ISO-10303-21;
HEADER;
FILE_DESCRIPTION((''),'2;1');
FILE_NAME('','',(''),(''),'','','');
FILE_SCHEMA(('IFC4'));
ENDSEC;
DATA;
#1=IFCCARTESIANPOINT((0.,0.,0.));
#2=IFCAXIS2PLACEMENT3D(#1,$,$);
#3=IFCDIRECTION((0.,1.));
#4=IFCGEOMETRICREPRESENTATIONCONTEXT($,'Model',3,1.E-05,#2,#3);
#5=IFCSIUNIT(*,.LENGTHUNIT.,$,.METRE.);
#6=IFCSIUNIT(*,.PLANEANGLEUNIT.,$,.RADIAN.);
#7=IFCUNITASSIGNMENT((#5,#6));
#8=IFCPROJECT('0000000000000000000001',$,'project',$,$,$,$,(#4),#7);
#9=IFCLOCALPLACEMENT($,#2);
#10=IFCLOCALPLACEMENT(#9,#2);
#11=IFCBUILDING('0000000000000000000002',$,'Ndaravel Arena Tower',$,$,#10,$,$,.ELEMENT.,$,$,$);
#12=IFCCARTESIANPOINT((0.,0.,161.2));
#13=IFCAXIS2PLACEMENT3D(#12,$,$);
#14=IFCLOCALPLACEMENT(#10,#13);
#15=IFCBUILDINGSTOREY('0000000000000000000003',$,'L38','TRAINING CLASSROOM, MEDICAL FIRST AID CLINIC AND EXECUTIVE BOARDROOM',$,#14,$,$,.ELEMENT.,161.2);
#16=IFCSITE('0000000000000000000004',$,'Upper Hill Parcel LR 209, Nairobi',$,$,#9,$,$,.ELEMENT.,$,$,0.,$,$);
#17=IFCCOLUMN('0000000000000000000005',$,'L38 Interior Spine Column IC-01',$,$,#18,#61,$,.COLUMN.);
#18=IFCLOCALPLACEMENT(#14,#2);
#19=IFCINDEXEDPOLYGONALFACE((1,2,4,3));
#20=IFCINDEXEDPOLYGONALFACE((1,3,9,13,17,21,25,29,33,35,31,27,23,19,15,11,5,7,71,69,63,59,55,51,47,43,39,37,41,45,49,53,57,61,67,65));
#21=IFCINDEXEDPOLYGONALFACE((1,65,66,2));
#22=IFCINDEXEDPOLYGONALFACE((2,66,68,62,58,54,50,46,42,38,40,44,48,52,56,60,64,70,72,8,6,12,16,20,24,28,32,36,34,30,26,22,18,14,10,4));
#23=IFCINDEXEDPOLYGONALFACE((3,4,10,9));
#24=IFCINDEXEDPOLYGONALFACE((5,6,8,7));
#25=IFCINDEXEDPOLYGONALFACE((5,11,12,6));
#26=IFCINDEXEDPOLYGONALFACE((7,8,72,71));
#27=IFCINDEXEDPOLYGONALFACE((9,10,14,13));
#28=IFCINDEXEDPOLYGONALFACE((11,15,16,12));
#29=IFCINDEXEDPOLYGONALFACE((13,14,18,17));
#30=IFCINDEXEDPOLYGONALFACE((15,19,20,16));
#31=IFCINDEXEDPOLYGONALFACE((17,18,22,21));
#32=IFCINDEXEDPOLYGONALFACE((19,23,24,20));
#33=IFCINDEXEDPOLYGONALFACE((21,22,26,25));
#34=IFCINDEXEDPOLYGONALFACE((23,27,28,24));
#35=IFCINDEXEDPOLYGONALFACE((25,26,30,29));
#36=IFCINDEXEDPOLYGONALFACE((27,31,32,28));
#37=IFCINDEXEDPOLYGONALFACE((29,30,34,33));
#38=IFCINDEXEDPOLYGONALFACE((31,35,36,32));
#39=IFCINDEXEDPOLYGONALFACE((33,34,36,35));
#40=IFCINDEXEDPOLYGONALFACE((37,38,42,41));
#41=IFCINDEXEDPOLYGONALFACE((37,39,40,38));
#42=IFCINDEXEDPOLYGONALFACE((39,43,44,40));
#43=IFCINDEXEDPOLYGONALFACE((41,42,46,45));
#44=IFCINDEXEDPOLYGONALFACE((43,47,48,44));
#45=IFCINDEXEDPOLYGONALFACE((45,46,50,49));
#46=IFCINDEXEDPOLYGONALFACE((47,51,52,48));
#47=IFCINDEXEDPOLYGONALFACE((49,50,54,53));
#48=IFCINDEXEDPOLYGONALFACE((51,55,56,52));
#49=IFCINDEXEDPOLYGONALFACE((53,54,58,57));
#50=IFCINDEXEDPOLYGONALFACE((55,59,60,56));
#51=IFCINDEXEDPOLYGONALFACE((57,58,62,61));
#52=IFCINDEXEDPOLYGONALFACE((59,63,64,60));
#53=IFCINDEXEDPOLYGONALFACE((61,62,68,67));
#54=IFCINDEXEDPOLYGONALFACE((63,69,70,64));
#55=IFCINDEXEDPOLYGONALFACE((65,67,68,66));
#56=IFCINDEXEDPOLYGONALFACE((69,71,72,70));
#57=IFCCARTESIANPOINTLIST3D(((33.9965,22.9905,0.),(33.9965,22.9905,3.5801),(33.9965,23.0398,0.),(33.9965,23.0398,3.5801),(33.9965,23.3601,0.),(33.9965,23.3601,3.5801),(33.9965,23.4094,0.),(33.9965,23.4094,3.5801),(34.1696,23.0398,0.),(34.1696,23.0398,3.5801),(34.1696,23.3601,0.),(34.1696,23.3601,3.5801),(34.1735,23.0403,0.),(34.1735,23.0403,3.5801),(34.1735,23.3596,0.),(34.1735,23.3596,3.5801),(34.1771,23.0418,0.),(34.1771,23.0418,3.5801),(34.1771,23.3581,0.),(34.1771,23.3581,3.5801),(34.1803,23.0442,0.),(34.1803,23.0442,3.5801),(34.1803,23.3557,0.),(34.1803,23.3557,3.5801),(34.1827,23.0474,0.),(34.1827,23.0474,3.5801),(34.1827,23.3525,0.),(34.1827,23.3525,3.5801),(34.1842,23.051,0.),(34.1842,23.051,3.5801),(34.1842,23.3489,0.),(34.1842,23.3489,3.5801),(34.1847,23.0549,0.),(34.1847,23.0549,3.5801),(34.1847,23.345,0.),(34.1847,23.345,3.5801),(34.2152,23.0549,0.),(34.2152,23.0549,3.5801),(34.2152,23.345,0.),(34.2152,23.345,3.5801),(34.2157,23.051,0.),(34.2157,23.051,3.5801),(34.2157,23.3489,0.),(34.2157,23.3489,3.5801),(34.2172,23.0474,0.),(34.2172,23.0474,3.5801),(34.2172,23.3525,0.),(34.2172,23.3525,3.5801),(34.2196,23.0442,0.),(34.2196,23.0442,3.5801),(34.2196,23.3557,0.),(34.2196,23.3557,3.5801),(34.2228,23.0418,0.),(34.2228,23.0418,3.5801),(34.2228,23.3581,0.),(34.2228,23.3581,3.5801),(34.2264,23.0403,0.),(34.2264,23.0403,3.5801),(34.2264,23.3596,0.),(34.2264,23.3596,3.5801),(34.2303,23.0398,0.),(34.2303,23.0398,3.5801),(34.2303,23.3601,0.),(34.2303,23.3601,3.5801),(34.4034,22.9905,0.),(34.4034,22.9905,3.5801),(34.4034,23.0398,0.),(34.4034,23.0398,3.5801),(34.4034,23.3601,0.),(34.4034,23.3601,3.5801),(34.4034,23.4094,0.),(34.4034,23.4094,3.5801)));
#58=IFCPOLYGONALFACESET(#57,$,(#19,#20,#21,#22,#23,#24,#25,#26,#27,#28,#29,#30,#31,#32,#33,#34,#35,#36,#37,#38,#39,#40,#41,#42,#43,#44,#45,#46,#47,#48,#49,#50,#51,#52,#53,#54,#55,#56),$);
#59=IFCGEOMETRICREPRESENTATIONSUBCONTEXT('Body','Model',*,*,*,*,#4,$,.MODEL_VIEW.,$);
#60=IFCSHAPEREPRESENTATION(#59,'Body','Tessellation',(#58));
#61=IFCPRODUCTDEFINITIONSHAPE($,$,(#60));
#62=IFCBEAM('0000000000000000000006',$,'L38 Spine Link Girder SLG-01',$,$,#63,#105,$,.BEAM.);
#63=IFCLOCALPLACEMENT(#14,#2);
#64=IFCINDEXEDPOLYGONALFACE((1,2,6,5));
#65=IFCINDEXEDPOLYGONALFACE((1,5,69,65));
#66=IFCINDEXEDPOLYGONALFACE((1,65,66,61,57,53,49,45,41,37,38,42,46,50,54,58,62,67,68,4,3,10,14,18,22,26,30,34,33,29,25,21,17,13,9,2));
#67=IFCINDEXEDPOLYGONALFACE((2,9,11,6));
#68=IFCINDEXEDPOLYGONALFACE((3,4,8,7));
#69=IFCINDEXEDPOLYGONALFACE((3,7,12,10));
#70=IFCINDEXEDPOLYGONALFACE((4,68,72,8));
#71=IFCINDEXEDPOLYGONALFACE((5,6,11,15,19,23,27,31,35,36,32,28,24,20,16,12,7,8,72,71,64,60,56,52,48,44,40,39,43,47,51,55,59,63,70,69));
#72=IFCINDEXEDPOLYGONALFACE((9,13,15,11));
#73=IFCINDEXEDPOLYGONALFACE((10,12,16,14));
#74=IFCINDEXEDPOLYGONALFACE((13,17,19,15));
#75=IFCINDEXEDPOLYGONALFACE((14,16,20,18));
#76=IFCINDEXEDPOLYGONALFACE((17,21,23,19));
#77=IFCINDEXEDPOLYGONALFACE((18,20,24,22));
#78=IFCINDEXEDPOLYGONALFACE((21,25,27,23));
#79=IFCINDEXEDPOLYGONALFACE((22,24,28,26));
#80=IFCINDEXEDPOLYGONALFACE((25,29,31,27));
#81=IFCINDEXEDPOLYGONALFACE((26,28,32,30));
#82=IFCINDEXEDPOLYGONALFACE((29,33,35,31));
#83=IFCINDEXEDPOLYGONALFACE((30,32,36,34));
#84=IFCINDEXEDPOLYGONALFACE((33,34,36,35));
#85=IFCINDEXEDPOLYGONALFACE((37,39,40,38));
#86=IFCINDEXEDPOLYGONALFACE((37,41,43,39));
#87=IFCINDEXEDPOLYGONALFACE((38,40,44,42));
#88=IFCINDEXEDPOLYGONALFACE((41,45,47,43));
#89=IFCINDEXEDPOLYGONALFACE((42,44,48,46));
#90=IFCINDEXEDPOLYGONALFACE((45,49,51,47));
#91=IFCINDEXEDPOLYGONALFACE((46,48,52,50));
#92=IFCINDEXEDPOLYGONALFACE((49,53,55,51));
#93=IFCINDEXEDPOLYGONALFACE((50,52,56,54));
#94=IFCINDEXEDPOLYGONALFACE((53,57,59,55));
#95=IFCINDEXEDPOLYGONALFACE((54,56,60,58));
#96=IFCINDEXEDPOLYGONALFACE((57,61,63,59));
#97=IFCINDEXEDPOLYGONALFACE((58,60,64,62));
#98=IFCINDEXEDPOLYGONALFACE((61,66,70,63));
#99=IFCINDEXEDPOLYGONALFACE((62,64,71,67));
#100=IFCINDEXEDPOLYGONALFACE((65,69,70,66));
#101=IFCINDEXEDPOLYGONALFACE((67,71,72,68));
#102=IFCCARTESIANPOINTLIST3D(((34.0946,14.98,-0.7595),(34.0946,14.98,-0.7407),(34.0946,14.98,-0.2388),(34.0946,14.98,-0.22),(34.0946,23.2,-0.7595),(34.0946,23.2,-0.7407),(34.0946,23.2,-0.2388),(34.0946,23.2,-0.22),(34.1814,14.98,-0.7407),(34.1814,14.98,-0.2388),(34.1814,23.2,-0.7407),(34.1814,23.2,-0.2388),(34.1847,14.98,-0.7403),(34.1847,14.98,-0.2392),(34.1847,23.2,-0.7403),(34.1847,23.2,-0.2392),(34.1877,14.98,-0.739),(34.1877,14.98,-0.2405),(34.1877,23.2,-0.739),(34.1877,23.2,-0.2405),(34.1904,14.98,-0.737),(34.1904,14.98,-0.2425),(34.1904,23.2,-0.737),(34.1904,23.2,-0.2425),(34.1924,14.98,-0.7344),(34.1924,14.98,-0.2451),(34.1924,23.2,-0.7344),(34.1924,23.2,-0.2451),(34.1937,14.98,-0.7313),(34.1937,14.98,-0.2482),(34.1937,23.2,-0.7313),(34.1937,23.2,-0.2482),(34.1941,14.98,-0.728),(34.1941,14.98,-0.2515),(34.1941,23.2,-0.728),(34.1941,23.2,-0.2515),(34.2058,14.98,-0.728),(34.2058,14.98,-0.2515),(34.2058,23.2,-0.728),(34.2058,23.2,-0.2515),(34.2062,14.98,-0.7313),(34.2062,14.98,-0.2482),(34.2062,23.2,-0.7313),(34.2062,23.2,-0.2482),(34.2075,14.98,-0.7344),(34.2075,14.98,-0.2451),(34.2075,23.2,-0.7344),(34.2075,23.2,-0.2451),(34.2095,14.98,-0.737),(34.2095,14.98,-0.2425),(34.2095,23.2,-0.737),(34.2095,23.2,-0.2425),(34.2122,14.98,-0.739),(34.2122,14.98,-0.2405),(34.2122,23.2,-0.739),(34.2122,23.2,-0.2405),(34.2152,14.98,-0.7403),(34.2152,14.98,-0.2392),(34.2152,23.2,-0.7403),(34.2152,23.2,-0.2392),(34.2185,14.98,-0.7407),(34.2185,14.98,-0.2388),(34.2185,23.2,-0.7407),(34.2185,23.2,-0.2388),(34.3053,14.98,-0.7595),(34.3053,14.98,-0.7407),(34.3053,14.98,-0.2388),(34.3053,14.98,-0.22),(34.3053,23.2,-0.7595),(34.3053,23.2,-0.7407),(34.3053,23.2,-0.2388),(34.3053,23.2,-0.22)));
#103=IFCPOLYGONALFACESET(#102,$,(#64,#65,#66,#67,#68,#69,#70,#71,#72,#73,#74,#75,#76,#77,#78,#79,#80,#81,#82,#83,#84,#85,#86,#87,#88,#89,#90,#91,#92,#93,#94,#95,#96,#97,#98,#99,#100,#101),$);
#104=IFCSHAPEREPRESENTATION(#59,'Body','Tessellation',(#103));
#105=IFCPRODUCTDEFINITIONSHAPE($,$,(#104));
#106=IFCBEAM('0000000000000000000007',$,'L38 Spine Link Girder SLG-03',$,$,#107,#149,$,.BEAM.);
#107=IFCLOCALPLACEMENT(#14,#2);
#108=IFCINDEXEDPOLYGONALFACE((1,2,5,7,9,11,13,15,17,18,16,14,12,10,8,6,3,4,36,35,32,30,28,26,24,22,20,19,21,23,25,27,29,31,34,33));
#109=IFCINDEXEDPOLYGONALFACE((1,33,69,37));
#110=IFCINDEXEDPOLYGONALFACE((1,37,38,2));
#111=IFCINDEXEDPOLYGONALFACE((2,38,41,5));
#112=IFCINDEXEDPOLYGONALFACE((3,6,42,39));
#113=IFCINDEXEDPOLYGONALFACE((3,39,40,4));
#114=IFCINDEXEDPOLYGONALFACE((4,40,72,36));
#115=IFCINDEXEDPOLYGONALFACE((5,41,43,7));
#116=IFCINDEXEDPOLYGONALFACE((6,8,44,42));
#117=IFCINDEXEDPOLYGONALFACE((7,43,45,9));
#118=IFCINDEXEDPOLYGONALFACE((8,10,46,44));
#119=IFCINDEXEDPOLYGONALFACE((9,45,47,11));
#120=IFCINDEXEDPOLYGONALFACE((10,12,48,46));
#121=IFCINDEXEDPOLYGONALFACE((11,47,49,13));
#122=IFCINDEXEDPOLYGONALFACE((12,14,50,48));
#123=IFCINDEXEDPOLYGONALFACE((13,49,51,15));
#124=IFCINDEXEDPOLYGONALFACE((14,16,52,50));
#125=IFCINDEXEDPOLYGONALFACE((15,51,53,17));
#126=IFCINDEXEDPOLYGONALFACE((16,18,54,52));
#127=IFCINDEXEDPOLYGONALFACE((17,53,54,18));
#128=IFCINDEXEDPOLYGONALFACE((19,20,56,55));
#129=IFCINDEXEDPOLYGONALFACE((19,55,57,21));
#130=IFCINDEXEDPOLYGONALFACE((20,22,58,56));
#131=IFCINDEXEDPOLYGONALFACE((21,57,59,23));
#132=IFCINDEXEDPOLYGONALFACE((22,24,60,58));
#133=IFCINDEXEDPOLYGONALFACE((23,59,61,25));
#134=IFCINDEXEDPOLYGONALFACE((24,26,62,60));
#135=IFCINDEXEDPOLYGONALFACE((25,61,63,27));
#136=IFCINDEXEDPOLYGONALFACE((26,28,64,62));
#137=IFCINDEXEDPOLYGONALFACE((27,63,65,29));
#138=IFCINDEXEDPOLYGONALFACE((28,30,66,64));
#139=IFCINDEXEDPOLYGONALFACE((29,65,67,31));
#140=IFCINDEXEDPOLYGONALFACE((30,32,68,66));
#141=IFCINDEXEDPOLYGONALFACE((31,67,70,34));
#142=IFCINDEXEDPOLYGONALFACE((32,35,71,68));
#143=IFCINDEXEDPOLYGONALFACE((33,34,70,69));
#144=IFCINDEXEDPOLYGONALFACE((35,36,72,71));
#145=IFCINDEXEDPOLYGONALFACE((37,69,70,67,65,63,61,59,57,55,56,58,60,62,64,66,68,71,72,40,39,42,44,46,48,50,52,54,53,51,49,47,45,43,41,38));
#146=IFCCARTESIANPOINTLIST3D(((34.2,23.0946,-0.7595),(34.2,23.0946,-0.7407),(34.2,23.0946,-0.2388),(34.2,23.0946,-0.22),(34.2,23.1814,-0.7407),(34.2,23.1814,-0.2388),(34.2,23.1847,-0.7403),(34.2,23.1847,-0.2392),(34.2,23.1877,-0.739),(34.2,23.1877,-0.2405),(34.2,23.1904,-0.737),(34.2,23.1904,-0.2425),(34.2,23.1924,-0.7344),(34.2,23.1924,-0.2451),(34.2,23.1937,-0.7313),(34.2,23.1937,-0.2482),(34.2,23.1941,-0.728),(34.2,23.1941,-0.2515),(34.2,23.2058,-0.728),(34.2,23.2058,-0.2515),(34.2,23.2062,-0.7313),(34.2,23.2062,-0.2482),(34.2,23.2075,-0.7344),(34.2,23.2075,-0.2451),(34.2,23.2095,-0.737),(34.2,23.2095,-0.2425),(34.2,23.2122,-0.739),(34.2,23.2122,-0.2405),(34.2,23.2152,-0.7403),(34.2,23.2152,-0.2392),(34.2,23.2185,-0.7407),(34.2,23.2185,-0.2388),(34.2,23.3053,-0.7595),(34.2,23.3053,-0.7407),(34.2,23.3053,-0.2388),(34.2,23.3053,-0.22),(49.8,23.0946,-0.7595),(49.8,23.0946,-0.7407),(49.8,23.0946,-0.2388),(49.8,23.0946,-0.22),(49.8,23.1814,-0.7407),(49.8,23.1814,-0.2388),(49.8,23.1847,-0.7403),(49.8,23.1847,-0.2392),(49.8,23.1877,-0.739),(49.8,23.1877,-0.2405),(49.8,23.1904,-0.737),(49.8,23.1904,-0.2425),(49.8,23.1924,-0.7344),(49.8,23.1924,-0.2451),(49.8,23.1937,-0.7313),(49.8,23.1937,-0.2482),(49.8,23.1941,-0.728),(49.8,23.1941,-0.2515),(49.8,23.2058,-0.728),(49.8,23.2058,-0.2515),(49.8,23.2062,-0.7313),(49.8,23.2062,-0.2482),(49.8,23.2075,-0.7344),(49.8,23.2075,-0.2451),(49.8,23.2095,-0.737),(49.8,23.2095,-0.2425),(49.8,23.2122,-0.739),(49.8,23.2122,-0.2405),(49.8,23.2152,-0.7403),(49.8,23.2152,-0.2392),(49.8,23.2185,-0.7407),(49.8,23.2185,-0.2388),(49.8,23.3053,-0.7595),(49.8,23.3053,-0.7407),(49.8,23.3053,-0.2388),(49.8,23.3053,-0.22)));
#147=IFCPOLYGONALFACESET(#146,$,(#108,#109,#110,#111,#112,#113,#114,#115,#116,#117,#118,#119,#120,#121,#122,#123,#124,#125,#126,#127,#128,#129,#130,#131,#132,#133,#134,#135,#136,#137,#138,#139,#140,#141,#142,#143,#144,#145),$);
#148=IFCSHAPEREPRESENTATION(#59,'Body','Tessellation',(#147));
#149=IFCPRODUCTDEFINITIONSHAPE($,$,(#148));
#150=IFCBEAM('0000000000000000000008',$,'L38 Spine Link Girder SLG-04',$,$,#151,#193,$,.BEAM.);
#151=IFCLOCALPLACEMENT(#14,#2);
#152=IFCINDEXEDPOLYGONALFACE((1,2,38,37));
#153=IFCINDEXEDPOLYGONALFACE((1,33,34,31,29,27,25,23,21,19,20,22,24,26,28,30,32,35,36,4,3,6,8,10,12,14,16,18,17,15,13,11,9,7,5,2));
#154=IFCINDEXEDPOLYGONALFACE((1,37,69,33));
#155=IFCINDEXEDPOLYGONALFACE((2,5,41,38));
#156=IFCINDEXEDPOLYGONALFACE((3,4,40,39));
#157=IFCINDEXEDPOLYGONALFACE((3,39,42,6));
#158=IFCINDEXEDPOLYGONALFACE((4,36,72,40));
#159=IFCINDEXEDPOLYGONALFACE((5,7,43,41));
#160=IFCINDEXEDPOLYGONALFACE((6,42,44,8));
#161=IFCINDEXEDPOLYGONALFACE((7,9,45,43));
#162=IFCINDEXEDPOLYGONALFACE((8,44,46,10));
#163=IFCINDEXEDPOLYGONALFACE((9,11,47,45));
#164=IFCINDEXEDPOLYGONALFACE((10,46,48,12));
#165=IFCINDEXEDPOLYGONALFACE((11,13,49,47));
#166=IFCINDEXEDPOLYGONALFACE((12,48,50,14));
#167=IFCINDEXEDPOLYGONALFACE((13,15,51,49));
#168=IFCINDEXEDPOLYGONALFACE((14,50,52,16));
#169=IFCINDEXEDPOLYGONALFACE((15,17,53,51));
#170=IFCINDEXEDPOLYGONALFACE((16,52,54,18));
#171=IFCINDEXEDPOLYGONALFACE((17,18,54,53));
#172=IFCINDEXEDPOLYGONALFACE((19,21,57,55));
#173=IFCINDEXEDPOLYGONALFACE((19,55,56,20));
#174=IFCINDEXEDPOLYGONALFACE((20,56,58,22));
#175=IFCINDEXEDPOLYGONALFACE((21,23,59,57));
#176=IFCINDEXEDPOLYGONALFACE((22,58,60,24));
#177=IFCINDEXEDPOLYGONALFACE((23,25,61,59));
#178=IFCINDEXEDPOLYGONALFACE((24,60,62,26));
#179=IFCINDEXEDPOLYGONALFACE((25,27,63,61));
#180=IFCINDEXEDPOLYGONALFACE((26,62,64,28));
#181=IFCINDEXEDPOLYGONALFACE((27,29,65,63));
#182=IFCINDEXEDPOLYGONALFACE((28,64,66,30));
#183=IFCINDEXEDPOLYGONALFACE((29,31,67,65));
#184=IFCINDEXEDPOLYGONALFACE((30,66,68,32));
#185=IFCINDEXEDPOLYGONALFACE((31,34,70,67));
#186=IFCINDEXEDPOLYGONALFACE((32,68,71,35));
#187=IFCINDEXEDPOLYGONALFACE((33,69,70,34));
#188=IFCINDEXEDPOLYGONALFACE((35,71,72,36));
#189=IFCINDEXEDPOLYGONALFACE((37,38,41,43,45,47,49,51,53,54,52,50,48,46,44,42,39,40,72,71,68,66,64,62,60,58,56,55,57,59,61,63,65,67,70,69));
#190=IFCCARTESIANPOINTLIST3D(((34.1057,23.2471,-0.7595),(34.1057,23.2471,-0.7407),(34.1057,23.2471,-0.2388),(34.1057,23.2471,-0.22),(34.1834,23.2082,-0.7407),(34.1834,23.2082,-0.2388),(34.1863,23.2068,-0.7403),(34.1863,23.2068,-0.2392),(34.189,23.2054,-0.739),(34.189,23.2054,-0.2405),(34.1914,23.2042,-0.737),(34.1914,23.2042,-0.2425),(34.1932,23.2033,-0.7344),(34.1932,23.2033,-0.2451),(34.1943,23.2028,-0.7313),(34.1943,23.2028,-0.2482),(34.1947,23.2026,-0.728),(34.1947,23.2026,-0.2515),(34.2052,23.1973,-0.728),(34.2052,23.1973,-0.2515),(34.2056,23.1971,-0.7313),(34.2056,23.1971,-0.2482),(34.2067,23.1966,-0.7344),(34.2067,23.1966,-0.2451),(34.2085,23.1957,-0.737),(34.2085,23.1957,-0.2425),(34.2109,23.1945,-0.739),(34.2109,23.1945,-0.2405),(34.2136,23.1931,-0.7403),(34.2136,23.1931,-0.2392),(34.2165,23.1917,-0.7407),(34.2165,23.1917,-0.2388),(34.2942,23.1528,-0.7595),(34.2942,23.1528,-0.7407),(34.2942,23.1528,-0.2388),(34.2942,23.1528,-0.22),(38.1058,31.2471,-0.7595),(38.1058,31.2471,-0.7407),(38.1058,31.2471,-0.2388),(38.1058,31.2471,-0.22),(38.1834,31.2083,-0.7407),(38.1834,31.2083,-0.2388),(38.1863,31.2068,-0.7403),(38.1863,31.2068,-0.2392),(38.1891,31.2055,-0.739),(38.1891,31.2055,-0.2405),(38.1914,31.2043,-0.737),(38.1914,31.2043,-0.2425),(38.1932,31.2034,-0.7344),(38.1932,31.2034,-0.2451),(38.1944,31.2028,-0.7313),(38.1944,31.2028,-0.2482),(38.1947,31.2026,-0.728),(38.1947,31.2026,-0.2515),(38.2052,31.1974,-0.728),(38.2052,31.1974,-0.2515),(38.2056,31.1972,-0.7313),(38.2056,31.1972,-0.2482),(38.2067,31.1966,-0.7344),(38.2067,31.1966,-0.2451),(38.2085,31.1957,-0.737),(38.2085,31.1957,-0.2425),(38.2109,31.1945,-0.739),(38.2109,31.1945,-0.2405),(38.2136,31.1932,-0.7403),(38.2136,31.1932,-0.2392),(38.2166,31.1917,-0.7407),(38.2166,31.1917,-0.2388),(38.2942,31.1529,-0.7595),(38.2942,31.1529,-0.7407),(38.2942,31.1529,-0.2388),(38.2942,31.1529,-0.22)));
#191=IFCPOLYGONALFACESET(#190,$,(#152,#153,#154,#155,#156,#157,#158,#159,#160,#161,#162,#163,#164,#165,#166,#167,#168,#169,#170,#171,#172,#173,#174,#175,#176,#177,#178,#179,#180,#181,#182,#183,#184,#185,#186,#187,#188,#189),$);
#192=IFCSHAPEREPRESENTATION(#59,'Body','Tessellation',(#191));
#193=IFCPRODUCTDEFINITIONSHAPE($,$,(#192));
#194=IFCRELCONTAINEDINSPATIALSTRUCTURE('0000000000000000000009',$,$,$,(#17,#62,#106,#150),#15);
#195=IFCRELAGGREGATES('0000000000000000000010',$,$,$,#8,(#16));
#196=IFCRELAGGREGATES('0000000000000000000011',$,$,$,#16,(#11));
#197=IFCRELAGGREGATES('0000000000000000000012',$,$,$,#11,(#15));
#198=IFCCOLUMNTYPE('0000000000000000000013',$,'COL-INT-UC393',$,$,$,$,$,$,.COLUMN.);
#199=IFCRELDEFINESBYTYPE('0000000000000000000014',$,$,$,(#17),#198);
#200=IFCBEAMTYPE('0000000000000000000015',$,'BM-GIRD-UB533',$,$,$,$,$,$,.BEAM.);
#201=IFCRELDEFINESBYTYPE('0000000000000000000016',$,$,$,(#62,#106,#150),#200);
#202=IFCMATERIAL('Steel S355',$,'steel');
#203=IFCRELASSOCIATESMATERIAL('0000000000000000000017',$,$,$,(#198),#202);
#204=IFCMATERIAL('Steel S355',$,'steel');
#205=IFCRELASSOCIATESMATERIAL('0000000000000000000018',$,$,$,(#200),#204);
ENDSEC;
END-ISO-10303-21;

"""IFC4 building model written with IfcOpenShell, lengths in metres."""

from ifc_helpers import new_model, si_unit, direction, frame, origin, origin_2d, place, context, subcontext, project, spatial, i_section, extrude, material, material_profile, profile_set, type_object, element, save


model = new_model("IFC4")

# Units and contexts
model_context = context("Model", 3, precision=1e-05, world=origin(), true_north=direction((0.0, 1.0)))
body_context = subcontext(model_context, "Body", "Model", "MODEL_VIEW")
ifc_project = project(units=[si_unit("LENGTHUNIT", "METRE"), si_unit("PLANEANGLEUNIT", "RADIAN")], contexts=[model_context])

# Site, building, storey
site_placement = place(None, origin())
site = spatial("IfcSite", under=ifc_project, at=site_placement, Name="Upper Hill Parcel LR 209, Nairobi", CompositionType="ELEMENT", RefElevation=0.0)
building_placement = place(site_placement, origin())
building = spatial("IfcBuilding", under=site, at=building_placement, Name="Ndaravel Arena Tower", CompositionType="ELEMENT")
storey_placement = place(building_placement, frame((0.0, 0.0, 161.2)))
storey = spatial("IfcBuildingStorey", under=building, at=storey_placement, Name="L38", Description="TRAINING CLASSROOM, MEDICAL FIRST AID CLINIC AND EXECUTIVE BOARDROOM", CompositionType="ELEMENT", Elevation=161.2)

# Column
ifc_material_1 = material(Name="Steel S355", Category="steel")
ifc_material_profile_1 = material_profile(ifc_material_1, i_section(OverallWidth=0.407, OverallDepth=0.4189, WebThickness=0.0305, FlangeThickness=0.0493, FilletRadius=0.0151, at=origin_2d()), Name="UC 356x406x393")
ifc_profile_set_1 = profile_set([ifc_material_profile_1], Name="Steel S355")
column_type = type_object("IfcColumnType", Name="COL-INT-UC393", PredefinedType="COLUMN", material=ifc_profile_set_1)
column_placement = place(storey_placement, frame((34.2, 23.2, 0.0), z_axis=(0.0, 0.0, 1.0), x_axis=(1.0, 0.0, 0.0)))
element("IfcColumn", 1, at=column_placement, inside=storey, type_object=column_type, Name="L38 Interior Spine Column IC-01", PredefinedType="COLUMN", context=body_context, shape_type="SweptSolid", body=[
    extrude(i_section(OverallWidth=0.407, OverallDepth=0.4189, WebThickness=0.0305, FlangeThickness=0.0493, FilletRadius=0.0151, at=origin_2d()), origin(), (0.0, 0.0, 1.0), 3.5801),
])

# Beams
ifc_material_2 = material(Name="Steel S355", Category="steel")
ifc_material_profile_2 = material_profile(ifc_material_2, i_section(OverallWidth=0.2107, OverallDepth=0.5396, WebThickness=0.0117, FlangeThickness=0.0188, FilletRadius=0.0127, at=origin_2d()), Name="UB 533x210x109")
ifc_profile_set_2 = profile_set([ifc_material_profile_2], Name="Steel S355")
beam_type = type_object("IfcBeamType", Name="BM-GIRD-UB533", PredefinedType="BEAM", material=ifc_profile_set_2)
beam_1_placement = place(storey_placement, frame((34.2, 14.98, -0.4897), z_axis=(0.0, 1.0, 0.0), x_axis=(-1.0, 0.0, 0.0)))
element("IfcBeam", 2, at=beam_1_placement, inside=storey, type_object=beam_type, Name="L38 Spine Link Girder SLG-01", PredefinedType="BEAM", context=body_context, shape_type="SweptSolid", body=[
    extrude(i_section(OverallWidth=0.2107, OverallDepth=0.5396, WebThickness=0.0117, FlangeThickness=0.0188, FilletRadius=0.0127, at=origin_2d()), origin(), (0.0, 0.0, 1.0), 8.22),
])
beam_2_placement = place(storey_placement, frame((34.2, 23.2, -0.4897), z_axis=(1.0, 0.0, 0.0), x_axis=(0.0, 1.0, 0.0)))
element("IfcBeam", 3, at=beam_2_placement, inside=storey, type_object=beam_type, Name="L38 Spine Link Girder SLG-03", PredefinedType="BEAM", context=body_context, shape_type="SweptSolid", body=[
    extrude(i_section(OverallWidth=0.2107, OverallDepth=0.5396, WebThickness=0.0117, FlangeThickness=0.0188, FilletRadius=0.0127, at=origin_2d()), origin(), (0.0, 0.0, 1.0), 15.6001),
])
beam_3_placement = place(storey_placement, frame((34.2, 23.2, -0.4897), z_axis=(0.447214, 0.894427, 0.0), x_axis=(-0.894427, 0.447214, 0.0)))
element("IfcBeam", 4, at=beam_3_placement, inside=storey, type_object=beam_type, Name="L38 Spine Link Girder SLG-04", PredefinedType="BEAM", context=body_context, shape_type="SweptSolid", body=[
    extrude(i_section(OverallWidth=0.2107, OverallDepth=0.5396, WebThickness=0.0117, FlangeThickness=0.0188, FilletRadius=0.0127, at=origin_2d()), origin(), (0.0, 0.0, 1.0), 8.9443),
])

save(model, "model.ifc")
